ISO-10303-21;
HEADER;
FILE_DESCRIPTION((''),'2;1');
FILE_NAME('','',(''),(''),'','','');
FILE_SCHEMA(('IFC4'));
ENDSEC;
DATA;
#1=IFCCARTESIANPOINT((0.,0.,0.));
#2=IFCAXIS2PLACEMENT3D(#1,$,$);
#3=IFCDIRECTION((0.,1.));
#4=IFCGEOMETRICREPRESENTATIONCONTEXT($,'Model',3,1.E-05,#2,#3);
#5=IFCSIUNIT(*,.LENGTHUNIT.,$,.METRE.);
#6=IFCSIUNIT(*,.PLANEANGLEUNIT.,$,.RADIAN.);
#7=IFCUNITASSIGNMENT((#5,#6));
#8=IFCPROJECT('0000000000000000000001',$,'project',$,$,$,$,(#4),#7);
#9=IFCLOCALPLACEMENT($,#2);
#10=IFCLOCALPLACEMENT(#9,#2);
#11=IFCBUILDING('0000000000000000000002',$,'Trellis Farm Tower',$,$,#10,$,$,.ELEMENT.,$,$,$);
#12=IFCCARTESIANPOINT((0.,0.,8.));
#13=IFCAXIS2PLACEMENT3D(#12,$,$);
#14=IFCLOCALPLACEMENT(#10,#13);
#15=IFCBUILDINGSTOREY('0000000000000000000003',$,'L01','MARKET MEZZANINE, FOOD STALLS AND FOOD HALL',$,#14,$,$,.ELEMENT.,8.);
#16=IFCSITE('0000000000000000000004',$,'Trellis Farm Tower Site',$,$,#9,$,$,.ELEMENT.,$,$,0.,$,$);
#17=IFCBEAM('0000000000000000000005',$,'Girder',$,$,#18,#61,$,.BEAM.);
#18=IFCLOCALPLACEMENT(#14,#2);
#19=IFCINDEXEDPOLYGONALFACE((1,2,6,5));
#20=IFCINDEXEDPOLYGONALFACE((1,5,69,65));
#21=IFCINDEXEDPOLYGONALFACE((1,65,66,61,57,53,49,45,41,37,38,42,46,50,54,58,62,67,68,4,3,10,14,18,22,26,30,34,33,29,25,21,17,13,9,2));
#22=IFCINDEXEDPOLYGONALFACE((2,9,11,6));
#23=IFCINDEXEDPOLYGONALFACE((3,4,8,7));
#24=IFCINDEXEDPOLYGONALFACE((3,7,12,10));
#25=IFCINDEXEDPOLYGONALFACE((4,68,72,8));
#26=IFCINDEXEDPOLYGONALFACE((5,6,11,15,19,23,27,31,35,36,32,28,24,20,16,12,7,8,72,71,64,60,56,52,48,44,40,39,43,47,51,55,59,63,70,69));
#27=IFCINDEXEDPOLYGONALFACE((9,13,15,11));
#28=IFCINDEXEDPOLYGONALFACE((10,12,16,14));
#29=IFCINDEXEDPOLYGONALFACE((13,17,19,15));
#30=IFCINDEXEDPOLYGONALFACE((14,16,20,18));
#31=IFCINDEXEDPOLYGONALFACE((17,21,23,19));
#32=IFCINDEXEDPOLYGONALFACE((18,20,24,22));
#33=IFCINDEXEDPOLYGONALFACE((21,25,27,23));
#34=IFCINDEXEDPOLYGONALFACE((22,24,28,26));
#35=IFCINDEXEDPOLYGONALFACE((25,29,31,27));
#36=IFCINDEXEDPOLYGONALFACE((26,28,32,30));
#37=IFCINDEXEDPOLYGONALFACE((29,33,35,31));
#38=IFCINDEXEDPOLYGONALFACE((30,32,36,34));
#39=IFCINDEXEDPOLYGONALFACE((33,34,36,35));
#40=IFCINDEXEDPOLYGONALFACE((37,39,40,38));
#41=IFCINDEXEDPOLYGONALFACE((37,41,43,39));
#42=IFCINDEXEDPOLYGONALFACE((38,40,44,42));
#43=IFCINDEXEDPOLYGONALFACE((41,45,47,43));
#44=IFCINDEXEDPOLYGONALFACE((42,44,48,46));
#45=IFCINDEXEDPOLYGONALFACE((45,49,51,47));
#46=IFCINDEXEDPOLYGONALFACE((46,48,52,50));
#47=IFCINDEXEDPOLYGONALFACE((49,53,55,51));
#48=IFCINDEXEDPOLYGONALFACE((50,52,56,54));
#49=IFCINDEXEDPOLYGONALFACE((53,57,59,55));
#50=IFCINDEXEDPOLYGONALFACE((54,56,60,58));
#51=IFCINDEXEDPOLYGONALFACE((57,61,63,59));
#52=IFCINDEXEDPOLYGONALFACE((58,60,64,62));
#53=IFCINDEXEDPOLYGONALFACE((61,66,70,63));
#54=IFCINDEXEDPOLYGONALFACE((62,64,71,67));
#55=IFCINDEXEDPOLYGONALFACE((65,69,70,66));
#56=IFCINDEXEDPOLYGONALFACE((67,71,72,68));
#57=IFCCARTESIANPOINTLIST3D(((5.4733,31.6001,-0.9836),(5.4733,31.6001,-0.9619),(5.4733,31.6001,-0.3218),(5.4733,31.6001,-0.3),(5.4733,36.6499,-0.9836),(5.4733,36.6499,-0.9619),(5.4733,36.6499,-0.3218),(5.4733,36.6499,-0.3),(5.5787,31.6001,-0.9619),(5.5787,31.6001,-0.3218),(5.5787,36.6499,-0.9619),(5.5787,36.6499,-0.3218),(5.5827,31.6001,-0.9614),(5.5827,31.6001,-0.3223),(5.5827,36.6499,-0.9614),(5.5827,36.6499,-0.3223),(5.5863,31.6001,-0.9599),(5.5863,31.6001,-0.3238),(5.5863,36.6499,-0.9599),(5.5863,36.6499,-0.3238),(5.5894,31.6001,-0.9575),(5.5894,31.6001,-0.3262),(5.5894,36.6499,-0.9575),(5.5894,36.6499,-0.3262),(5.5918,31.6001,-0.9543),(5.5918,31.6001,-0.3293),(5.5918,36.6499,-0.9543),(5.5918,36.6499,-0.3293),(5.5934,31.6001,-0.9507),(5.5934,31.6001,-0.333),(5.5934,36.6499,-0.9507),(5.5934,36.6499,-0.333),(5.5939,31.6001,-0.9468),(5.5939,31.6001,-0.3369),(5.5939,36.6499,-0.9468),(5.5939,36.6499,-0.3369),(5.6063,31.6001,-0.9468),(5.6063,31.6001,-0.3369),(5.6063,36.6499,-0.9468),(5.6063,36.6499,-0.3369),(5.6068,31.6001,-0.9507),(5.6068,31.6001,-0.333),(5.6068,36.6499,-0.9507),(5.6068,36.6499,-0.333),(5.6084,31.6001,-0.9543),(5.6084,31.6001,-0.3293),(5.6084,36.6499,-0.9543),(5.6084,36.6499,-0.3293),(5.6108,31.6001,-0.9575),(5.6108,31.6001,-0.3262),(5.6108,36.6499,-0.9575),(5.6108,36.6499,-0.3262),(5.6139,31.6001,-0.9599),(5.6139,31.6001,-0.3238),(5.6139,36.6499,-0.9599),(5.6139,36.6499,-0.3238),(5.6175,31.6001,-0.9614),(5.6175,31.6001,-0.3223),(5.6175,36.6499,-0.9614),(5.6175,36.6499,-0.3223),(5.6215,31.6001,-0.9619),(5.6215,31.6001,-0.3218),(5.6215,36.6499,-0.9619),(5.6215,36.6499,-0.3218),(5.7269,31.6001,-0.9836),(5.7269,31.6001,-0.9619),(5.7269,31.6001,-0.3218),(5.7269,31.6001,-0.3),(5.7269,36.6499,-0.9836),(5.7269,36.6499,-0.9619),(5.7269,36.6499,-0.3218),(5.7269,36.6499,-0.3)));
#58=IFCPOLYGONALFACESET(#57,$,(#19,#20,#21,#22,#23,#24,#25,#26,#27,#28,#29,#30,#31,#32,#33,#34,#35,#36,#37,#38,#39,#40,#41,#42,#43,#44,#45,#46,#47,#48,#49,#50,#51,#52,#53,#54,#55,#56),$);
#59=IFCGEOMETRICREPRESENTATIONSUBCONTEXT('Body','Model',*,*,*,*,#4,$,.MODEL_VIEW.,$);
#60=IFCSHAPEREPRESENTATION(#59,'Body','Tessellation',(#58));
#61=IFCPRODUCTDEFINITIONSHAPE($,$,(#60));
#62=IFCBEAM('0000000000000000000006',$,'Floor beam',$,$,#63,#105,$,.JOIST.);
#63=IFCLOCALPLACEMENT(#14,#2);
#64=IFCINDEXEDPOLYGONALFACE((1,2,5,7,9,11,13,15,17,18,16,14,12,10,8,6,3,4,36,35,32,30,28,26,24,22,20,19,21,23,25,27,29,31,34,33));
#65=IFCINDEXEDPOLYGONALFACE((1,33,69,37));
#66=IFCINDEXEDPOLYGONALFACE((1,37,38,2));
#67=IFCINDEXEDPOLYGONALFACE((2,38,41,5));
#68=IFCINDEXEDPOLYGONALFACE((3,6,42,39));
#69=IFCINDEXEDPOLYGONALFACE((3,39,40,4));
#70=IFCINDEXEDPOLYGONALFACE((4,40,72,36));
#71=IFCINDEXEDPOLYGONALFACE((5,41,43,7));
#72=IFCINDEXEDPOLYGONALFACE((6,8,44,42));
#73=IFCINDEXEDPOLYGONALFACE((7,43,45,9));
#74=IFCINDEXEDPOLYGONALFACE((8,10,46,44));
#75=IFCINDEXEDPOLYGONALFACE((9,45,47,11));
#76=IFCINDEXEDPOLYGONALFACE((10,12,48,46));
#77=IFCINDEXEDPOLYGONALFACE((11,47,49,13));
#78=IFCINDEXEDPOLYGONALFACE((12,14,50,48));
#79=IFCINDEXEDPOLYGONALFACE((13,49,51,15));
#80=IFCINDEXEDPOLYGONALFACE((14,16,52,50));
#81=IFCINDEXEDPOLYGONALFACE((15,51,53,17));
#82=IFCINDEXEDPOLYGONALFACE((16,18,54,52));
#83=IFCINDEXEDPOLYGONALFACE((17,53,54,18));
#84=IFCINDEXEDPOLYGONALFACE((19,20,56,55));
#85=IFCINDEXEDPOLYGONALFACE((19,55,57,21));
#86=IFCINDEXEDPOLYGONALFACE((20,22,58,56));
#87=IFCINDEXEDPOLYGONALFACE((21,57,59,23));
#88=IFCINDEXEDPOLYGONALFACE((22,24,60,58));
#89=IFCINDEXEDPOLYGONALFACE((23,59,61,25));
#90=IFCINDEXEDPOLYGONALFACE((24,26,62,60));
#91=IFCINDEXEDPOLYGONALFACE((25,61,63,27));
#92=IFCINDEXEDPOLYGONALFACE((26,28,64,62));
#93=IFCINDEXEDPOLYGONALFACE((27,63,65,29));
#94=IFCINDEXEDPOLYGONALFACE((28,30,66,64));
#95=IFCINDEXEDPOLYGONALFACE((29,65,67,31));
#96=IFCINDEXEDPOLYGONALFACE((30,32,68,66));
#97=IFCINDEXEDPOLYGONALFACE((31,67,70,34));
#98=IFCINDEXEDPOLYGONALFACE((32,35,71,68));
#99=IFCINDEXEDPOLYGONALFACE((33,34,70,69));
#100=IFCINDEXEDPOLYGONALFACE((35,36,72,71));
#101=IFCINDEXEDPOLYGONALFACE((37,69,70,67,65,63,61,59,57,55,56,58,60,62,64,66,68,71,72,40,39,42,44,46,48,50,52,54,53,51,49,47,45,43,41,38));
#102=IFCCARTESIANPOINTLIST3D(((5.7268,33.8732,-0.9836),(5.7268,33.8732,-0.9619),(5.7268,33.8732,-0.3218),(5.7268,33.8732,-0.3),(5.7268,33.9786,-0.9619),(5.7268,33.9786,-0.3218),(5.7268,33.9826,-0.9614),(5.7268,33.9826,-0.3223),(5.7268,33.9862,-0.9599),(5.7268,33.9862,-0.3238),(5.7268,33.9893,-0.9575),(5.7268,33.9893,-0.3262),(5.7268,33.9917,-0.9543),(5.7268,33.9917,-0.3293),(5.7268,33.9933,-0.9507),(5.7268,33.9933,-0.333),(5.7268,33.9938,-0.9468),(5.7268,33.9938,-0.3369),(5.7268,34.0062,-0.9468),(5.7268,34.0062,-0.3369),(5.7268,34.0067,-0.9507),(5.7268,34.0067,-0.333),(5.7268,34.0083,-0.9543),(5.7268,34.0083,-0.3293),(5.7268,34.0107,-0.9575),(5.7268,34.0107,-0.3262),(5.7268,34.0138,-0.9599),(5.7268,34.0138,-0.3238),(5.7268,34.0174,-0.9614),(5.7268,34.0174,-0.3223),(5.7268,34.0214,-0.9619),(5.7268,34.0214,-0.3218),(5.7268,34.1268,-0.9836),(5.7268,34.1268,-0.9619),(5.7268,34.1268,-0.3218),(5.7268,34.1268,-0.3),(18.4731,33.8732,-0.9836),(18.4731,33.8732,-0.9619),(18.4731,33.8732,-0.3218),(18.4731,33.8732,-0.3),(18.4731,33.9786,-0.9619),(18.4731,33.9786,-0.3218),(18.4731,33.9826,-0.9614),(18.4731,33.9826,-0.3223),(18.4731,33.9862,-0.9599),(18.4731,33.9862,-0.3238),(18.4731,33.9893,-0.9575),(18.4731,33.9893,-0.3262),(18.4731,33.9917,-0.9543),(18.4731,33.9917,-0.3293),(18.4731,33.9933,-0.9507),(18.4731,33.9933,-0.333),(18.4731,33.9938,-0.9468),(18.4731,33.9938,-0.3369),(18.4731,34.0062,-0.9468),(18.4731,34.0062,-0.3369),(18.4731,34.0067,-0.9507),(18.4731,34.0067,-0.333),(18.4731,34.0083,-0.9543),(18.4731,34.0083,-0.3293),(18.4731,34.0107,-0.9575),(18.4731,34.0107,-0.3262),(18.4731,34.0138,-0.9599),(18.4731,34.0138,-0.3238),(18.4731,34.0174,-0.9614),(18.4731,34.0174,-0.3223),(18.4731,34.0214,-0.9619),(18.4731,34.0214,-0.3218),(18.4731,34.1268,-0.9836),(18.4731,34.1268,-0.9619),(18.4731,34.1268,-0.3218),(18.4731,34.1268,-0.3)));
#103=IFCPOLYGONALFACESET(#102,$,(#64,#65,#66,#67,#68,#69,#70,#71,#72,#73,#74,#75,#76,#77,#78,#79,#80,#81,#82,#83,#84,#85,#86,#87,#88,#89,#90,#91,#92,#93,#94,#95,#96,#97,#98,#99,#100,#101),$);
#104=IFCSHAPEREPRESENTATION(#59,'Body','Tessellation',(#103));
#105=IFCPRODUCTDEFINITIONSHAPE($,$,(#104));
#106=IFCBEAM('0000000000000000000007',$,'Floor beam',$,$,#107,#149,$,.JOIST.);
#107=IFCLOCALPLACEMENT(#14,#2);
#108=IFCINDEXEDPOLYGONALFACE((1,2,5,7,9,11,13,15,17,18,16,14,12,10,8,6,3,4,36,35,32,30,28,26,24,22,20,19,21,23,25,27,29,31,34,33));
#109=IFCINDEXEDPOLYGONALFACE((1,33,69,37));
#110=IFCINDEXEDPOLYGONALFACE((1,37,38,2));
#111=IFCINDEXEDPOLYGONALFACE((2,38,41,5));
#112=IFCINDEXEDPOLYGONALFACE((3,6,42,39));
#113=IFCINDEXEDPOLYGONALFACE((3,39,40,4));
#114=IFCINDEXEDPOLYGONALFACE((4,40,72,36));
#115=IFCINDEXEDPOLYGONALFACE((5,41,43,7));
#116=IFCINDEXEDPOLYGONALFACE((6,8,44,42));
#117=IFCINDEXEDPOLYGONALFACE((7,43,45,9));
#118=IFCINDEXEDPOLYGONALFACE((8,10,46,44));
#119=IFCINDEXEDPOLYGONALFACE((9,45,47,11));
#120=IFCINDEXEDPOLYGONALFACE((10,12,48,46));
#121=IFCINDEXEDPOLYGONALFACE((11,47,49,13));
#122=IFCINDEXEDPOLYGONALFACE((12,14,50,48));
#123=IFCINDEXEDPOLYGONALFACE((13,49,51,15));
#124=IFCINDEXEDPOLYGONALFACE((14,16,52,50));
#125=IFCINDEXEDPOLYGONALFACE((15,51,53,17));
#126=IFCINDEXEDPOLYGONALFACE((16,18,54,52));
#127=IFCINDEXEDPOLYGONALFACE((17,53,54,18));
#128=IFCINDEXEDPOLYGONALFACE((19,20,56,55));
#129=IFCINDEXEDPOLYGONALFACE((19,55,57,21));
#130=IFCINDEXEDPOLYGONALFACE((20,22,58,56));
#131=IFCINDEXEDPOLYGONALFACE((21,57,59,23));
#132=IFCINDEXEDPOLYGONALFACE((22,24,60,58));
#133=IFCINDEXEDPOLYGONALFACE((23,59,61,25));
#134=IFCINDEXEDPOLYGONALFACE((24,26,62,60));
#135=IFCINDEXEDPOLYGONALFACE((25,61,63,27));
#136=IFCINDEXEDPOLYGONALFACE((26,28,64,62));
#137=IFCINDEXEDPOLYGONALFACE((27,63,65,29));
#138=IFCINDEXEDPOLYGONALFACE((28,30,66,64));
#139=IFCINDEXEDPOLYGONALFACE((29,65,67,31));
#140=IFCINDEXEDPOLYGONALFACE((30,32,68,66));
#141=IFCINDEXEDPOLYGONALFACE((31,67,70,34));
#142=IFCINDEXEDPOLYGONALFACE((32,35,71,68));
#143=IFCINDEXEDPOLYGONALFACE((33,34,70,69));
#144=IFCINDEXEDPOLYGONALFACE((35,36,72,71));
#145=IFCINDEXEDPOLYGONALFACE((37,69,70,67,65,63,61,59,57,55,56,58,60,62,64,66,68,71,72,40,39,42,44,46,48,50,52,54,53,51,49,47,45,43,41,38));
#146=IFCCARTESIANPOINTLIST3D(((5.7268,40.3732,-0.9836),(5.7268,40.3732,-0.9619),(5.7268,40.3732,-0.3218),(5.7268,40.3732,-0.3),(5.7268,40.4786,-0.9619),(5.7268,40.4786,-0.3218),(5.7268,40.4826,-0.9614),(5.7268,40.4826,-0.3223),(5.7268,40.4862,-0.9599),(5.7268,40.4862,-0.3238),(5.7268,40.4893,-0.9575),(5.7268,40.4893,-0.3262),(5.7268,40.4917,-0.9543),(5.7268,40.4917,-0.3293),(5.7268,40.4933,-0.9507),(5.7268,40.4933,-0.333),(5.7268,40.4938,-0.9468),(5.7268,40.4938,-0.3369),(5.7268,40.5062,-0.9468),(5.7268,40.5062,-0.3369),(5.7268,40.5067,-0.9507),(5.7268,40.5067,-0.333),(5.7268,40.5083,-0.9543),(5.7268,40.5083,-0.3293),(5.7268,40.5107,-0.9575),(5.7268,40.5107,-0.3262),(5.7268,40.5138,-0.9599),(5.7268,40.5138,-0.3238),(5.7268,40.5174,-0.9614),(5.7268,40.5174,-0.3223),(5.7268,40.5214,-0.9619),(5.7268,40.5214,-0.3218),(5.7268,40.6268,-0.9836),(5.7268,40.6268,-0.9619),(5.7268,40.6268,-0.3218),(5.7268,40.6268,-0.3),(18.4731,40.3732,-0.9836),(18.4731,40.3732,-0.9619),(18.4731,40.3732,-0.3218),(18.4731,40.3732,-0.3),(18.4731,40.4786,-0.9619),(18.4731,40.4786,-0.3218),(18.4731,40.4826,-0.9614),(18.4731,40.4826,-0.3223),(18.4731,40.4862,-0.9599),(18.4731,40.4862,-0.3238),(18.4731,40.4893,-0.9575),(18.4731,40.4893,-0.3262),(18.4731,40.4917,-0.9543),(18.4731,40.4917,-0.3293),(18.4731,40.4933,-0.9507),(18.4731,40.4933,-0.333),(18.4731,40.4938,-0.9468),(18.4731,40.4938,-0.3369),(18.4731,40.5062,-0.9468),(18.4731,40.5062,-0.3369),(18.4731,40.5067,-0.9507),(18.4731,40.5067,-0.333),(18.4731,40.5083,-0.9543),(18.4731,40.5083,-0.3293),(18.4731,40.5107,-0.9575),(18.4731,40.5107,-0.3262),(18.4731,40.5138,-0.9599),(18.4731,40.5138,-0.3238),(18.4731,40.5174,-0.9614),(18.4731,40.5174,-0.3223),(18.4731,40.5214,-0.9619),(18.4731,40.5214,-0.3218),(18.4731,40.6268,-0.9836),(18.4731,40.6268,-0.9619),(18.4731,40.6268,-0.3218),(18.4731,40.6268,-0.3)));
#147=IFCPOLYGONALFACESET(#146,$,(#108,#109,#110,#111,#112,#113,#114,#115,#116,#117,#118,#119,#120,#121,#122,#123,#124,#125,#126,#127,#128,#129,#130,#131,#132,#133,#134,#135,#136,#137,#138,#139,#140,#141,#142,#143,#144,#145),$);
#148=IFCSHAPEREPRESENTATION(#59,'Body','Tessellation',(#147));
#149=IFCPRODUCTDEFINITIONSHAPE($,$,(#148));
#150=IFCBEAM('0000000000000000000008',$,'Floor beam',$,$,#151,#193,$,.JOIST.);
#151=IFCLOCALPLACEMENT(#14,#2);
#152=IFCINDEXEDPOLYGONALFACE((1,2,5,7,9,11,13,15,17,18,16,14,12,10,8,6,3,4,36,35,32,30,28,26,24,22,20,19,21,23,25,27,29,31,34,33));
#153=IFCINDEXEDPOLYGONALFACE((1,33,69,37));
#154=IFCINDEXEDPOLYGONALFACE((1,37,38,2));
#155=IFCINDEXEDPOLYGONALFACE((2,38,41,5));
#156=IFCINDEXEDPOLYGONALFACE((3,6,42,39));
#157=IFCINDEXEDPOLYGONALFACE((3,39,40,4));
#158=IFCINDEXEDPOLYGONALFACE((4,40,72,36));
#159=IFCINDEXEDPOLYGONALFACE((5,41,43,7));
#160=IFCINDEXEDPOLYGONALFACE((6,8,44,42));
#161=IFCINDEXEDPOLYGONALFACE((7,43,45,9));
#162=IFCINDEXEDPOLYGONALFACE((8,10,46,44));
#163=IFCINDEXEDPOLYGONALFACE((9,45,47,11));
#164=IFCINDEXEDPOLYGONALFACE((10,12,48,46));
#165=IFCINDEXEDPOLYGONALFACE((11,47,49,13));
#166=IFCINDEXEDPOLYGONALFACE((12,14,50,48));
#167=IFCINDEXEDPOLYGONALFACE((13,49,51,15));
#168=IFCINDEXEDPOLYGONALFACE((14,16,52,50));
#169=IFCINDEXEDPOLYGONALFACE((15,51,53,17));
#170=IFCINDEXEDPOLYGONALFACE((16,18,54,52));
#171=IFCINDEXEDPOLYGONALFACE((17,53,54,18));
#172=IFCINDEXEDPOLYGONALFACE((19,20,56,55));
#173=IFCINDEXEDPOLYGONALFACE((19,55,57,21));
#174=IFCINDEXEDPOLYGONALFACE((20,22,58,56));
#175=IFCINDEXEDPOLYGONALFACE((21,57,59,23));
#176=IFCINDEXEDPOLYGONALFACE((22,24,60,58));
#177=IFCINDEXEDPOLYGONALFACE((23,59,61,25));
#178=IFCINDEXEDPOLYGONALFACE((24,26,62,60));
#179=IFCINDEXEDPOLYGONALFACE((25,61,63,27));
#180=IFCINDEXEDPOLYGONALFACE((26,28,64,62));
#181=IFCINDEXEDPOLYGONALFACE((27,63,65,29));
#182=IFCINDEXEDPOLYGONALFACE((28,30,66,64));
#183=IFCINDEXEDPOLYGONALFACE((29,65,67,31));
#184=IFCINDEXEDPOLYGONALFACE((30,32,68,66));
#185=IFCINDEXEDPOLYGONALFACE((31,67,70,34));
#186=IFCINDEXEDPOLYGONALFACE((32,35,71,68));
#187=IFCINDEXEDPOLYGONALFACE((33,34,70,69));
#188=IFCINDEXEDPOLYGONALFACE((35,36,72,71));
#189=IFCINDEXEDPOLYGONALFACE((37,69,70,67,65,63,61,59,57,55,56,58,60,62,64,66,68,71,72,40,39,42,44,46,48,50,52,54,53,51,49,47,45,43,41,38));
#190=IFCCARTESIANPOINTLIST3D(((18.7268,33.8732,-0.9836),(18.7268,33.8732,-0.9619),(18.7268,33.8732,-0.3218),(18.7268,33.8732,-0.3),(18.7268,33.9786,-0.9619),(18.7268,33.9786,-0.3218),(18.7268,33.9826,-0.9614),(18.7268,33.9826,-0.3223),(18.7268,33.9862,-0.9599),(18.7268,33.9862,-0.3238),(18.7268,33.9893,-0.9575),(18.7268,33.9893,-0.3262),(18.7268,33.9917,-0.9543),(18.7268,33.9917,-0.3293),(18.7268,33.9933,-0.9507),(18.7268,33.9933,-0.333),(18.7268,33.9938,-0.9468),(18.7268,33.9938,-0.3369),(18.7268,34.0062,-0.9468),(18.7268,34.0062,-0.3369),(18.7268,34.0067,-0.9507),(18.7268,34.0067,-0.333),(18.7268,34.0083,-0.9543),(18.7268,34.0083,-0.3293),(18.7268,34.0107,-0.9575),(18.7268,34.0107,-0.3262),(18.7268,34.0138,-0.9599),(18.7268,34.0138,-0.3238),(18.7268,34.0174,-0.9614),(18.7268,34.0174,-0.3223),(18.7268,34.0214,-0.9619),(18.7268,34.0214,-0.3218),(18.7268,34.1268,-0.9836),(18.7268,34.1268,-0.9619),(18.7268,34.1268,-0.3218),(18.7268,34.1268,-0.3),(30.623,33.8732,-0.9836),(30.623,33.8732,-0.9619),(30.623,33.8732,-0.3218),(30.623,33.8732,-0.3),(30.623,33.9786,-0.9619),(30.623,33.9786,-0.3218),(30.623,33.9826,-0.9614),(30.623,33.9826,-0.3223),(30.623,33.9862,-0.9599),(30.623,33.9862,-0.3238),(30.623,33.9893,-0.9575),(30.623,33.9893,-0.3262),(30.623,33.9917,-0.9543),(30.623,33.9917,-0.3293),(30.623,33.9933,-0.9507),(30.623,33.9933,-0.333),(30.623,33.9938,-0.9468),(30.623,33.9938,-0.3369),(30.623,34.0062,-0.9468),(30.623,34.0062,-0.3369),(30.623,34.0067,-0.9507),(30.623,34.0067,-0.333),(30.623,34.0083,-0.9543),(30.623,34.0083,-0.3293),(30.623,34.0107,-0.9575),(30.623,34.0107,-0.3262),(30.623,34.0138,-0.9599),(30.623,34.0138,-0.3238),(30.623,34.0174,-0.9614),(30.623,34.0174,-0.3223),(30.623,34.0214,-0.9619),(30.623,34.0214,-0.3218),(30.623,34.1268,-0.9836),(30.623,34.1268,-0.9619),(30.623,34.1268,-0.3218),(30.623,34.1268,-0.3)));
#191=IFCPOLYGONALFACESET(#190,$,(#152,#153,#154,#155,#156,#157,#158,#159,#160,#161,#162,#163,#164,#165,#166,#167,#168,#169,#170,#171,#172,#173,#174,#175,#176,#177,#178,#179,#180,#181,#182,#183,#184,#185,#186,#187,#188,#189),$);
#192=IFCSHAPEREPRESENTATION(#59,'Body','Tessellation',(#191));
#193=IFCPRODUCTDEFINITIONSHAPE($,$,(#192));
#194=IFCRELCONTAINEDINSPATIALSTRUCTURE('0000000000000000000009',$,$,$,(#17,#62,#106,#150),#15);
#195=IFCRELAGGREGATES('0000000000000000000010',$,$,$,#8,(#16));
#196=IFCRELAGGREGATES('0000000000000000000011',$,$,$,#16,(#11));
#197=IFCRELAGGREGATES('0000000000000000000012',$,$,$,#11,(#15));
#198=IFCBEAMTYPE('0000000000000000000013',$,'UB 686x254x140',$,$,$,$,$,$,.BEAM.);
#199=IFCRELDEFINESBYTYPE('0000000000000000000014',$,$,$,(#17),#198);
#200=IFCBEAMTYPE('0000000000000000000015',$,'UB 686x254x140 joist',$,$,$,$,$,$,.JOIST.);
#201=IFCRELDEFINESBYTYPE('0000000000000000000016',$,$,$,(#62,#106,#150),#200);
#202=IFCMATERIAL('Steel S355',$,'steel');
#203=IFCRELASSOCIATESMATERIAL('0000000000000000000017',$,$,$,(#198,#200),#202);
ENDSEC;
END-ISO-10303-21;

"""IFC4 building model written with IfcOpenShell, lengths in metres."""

from ifc_helpers import new_model, si_unit, direction, frame, origin, origin_2d, place, context, subcontext, project, spatial, i_section, extrude, source, transform, mapped, material, material_profile, profile_set, type_object, element, save


model = new_model("IFC4")

# Units and contexts
model_context = context("Model", 3, precision=1e-05, world=origin(), true_north=direction((0.0, 1.0)))
body_context = subcontext(model_context, "Body", "Model", "MODEL_VIEW")
ifc_project = project(units=[si_unit("LENGTHUNIT", "METRE"), si_unit("PLANEANGLEUNIT", "RADIAN")], contexts=[model_context])

# Site, building, storey
site_placement = place(None, origin())
site = spatial("IfcSite", under=ifc_project, at=site_placement, Name="Trellis Farm Tower Site", CompositionType="ELEMENT", RefElevation=0.0)
building_placement = place(site_placement, origin())
building = spatial("IfcBuilding", under=site, at=building_placement, Name="Trellis Farm Tower", CompositionType="ELEMENT")
storey_placement = place(building_placement, frame((0.0, 0.0, 8.0)))
storey = spatial("IfcBuildingStorey", under=building, at=storey_placement, Name="L01", Description="MARKET MEZZANINE, FOOD STALLS AND FOOD HALL", CompositionType="ELEMENT", Elevation=8.0)

# Beams
ifc_material_1 = material(Name="Steel S355", Category="steel")
ifc_material_profile_1 = material_profile(ifc_material_1, i_section(OverallWidth=0.2537, OverallDepth=0.6836, WebThickness=0.0125, FlangeThickness=0.0217, FilletRadius=0.0151, at=origin_2d()), Name="UB 686x254x140")
ifc_profile_set_1 = profile_set([ifc_material_profile_1], Name="Steel S355")
beam_type_1 = type_object("IfcBeamType", Name="UB 686x254x140", PredefinedType="BEAM", material=ifc_profile_set_1)
shared_shape_1 = source(origin(), body_context, "Body", "SweptSolid", [
    extrude(i_section(OverallWidth=0.2537, OverallDepth=0.6836, WebThickness=0.0125, FlangeThickness=0.0217, FilletRadius=0.0151, at=origin_2d()), origin(), (0.0, 0.0, 1.0), 5.0498),
])
beam_1_placement = place(storey_placement, frame((5.6001, 31.6001, -0.6418), z_axis=(0.0, 1.0, 0.0), x_axis=(-1.0, 0.0, 0.0)))
element("IfcBeam", 1, at=beam_1_placement, inside=storey, type_object=beam_type_1, Name="Girder", PredefinedType="BEAM", context=body_context, shape_type="MappedRepresentation", body=[
    mapped(shared_shape_1, transform((0.0, 0.0, 0.0))),
])
ifc_material_profile_2 = material_profile(ifc_material_1, i_section(OverallWidth=0.2537, OverallDepth=0.6836, WebThickness=0.0125, FlangeThickness=0.0217, FilletRadius=0.0151, at=origin_2d()), Name="UB 686x254x140")
ifc_profile_set_2 = profile_set([ifc_material_profile_2], Name="Steel S355")
beam_type_2 = type_object("IfcBeamType", Name="UB 686x254x140 joist", PredefinedType="JOIST", material=ifc_profile_set_2)
shared_shape_2 = source(origin(), body_context, "Body", "SweptSolid", [
    extrude(i_section(OverallWidth=0.2537, OverallDepth=0.6836, WebThickness=0.0125, FlangeThickness=0.0217, FilletRadius=0.0151, at=origin_2d()), origin(), (0.0, 0.0, 1.0), 12.7463),
])
for number, where, z_axis, x_axis, name in (
    (2, (5.7268, 34.0, -0.6418), (1.0, 0.0, 0.0), (0.0, 1.0, 0.0), "Floor beam"),
    (3, (5.7268, 40.5, -0.6418), (1.0, 0.0, 0.0), (0.0, 1.0, 0.0), "Floor beam"),
):
    element("IfcBeam", number, at=place(storey_placement, frame(where, z_axis=z_axis, x_axis=x_axis)), inside=storey, type_object=beam_type_2, Name=name, PredefinedType="JOIST", context=body_context, shape_type="MappedRepresentation", body=[
        mapped(shared_shape_2, transform((0.0, 0.0, 0.0))),
    ])
shared_shape_3 = source(origin(), body_context, "Body", "SweptSolid", [
    extrude(i_section(OverallWidth=0.2537, OverallDepth=0.6836, WebThickness=0.0125, FlangeThickness=0.0217, FilletRadius=0.0151, at=origin_2d()), origin(), (0.0, 0.0, 1.0), 11.8962),
])
for number, where, z_axis, x_axis, name in (
    (4, (18.7268, 34.0, -0.6418), (1.0, 0.0, 0.0), (0.0, 1.0, 0.0), "Floor beam"),
):
    element("IfcBeam", number, at=place(storey_placement, frame(where, z_axis=z_axis, x_axis=x_axis)), inside=storey, type_object=beam_type_2, Name=name, PredefinedType="JOIST", context=body_context, shape_type="MappedRepresentation", body=[
        mapped(shared_shape_3, transform((0.0, 0.0, 0.0))),
    ])

save(model, "model.ifc")
